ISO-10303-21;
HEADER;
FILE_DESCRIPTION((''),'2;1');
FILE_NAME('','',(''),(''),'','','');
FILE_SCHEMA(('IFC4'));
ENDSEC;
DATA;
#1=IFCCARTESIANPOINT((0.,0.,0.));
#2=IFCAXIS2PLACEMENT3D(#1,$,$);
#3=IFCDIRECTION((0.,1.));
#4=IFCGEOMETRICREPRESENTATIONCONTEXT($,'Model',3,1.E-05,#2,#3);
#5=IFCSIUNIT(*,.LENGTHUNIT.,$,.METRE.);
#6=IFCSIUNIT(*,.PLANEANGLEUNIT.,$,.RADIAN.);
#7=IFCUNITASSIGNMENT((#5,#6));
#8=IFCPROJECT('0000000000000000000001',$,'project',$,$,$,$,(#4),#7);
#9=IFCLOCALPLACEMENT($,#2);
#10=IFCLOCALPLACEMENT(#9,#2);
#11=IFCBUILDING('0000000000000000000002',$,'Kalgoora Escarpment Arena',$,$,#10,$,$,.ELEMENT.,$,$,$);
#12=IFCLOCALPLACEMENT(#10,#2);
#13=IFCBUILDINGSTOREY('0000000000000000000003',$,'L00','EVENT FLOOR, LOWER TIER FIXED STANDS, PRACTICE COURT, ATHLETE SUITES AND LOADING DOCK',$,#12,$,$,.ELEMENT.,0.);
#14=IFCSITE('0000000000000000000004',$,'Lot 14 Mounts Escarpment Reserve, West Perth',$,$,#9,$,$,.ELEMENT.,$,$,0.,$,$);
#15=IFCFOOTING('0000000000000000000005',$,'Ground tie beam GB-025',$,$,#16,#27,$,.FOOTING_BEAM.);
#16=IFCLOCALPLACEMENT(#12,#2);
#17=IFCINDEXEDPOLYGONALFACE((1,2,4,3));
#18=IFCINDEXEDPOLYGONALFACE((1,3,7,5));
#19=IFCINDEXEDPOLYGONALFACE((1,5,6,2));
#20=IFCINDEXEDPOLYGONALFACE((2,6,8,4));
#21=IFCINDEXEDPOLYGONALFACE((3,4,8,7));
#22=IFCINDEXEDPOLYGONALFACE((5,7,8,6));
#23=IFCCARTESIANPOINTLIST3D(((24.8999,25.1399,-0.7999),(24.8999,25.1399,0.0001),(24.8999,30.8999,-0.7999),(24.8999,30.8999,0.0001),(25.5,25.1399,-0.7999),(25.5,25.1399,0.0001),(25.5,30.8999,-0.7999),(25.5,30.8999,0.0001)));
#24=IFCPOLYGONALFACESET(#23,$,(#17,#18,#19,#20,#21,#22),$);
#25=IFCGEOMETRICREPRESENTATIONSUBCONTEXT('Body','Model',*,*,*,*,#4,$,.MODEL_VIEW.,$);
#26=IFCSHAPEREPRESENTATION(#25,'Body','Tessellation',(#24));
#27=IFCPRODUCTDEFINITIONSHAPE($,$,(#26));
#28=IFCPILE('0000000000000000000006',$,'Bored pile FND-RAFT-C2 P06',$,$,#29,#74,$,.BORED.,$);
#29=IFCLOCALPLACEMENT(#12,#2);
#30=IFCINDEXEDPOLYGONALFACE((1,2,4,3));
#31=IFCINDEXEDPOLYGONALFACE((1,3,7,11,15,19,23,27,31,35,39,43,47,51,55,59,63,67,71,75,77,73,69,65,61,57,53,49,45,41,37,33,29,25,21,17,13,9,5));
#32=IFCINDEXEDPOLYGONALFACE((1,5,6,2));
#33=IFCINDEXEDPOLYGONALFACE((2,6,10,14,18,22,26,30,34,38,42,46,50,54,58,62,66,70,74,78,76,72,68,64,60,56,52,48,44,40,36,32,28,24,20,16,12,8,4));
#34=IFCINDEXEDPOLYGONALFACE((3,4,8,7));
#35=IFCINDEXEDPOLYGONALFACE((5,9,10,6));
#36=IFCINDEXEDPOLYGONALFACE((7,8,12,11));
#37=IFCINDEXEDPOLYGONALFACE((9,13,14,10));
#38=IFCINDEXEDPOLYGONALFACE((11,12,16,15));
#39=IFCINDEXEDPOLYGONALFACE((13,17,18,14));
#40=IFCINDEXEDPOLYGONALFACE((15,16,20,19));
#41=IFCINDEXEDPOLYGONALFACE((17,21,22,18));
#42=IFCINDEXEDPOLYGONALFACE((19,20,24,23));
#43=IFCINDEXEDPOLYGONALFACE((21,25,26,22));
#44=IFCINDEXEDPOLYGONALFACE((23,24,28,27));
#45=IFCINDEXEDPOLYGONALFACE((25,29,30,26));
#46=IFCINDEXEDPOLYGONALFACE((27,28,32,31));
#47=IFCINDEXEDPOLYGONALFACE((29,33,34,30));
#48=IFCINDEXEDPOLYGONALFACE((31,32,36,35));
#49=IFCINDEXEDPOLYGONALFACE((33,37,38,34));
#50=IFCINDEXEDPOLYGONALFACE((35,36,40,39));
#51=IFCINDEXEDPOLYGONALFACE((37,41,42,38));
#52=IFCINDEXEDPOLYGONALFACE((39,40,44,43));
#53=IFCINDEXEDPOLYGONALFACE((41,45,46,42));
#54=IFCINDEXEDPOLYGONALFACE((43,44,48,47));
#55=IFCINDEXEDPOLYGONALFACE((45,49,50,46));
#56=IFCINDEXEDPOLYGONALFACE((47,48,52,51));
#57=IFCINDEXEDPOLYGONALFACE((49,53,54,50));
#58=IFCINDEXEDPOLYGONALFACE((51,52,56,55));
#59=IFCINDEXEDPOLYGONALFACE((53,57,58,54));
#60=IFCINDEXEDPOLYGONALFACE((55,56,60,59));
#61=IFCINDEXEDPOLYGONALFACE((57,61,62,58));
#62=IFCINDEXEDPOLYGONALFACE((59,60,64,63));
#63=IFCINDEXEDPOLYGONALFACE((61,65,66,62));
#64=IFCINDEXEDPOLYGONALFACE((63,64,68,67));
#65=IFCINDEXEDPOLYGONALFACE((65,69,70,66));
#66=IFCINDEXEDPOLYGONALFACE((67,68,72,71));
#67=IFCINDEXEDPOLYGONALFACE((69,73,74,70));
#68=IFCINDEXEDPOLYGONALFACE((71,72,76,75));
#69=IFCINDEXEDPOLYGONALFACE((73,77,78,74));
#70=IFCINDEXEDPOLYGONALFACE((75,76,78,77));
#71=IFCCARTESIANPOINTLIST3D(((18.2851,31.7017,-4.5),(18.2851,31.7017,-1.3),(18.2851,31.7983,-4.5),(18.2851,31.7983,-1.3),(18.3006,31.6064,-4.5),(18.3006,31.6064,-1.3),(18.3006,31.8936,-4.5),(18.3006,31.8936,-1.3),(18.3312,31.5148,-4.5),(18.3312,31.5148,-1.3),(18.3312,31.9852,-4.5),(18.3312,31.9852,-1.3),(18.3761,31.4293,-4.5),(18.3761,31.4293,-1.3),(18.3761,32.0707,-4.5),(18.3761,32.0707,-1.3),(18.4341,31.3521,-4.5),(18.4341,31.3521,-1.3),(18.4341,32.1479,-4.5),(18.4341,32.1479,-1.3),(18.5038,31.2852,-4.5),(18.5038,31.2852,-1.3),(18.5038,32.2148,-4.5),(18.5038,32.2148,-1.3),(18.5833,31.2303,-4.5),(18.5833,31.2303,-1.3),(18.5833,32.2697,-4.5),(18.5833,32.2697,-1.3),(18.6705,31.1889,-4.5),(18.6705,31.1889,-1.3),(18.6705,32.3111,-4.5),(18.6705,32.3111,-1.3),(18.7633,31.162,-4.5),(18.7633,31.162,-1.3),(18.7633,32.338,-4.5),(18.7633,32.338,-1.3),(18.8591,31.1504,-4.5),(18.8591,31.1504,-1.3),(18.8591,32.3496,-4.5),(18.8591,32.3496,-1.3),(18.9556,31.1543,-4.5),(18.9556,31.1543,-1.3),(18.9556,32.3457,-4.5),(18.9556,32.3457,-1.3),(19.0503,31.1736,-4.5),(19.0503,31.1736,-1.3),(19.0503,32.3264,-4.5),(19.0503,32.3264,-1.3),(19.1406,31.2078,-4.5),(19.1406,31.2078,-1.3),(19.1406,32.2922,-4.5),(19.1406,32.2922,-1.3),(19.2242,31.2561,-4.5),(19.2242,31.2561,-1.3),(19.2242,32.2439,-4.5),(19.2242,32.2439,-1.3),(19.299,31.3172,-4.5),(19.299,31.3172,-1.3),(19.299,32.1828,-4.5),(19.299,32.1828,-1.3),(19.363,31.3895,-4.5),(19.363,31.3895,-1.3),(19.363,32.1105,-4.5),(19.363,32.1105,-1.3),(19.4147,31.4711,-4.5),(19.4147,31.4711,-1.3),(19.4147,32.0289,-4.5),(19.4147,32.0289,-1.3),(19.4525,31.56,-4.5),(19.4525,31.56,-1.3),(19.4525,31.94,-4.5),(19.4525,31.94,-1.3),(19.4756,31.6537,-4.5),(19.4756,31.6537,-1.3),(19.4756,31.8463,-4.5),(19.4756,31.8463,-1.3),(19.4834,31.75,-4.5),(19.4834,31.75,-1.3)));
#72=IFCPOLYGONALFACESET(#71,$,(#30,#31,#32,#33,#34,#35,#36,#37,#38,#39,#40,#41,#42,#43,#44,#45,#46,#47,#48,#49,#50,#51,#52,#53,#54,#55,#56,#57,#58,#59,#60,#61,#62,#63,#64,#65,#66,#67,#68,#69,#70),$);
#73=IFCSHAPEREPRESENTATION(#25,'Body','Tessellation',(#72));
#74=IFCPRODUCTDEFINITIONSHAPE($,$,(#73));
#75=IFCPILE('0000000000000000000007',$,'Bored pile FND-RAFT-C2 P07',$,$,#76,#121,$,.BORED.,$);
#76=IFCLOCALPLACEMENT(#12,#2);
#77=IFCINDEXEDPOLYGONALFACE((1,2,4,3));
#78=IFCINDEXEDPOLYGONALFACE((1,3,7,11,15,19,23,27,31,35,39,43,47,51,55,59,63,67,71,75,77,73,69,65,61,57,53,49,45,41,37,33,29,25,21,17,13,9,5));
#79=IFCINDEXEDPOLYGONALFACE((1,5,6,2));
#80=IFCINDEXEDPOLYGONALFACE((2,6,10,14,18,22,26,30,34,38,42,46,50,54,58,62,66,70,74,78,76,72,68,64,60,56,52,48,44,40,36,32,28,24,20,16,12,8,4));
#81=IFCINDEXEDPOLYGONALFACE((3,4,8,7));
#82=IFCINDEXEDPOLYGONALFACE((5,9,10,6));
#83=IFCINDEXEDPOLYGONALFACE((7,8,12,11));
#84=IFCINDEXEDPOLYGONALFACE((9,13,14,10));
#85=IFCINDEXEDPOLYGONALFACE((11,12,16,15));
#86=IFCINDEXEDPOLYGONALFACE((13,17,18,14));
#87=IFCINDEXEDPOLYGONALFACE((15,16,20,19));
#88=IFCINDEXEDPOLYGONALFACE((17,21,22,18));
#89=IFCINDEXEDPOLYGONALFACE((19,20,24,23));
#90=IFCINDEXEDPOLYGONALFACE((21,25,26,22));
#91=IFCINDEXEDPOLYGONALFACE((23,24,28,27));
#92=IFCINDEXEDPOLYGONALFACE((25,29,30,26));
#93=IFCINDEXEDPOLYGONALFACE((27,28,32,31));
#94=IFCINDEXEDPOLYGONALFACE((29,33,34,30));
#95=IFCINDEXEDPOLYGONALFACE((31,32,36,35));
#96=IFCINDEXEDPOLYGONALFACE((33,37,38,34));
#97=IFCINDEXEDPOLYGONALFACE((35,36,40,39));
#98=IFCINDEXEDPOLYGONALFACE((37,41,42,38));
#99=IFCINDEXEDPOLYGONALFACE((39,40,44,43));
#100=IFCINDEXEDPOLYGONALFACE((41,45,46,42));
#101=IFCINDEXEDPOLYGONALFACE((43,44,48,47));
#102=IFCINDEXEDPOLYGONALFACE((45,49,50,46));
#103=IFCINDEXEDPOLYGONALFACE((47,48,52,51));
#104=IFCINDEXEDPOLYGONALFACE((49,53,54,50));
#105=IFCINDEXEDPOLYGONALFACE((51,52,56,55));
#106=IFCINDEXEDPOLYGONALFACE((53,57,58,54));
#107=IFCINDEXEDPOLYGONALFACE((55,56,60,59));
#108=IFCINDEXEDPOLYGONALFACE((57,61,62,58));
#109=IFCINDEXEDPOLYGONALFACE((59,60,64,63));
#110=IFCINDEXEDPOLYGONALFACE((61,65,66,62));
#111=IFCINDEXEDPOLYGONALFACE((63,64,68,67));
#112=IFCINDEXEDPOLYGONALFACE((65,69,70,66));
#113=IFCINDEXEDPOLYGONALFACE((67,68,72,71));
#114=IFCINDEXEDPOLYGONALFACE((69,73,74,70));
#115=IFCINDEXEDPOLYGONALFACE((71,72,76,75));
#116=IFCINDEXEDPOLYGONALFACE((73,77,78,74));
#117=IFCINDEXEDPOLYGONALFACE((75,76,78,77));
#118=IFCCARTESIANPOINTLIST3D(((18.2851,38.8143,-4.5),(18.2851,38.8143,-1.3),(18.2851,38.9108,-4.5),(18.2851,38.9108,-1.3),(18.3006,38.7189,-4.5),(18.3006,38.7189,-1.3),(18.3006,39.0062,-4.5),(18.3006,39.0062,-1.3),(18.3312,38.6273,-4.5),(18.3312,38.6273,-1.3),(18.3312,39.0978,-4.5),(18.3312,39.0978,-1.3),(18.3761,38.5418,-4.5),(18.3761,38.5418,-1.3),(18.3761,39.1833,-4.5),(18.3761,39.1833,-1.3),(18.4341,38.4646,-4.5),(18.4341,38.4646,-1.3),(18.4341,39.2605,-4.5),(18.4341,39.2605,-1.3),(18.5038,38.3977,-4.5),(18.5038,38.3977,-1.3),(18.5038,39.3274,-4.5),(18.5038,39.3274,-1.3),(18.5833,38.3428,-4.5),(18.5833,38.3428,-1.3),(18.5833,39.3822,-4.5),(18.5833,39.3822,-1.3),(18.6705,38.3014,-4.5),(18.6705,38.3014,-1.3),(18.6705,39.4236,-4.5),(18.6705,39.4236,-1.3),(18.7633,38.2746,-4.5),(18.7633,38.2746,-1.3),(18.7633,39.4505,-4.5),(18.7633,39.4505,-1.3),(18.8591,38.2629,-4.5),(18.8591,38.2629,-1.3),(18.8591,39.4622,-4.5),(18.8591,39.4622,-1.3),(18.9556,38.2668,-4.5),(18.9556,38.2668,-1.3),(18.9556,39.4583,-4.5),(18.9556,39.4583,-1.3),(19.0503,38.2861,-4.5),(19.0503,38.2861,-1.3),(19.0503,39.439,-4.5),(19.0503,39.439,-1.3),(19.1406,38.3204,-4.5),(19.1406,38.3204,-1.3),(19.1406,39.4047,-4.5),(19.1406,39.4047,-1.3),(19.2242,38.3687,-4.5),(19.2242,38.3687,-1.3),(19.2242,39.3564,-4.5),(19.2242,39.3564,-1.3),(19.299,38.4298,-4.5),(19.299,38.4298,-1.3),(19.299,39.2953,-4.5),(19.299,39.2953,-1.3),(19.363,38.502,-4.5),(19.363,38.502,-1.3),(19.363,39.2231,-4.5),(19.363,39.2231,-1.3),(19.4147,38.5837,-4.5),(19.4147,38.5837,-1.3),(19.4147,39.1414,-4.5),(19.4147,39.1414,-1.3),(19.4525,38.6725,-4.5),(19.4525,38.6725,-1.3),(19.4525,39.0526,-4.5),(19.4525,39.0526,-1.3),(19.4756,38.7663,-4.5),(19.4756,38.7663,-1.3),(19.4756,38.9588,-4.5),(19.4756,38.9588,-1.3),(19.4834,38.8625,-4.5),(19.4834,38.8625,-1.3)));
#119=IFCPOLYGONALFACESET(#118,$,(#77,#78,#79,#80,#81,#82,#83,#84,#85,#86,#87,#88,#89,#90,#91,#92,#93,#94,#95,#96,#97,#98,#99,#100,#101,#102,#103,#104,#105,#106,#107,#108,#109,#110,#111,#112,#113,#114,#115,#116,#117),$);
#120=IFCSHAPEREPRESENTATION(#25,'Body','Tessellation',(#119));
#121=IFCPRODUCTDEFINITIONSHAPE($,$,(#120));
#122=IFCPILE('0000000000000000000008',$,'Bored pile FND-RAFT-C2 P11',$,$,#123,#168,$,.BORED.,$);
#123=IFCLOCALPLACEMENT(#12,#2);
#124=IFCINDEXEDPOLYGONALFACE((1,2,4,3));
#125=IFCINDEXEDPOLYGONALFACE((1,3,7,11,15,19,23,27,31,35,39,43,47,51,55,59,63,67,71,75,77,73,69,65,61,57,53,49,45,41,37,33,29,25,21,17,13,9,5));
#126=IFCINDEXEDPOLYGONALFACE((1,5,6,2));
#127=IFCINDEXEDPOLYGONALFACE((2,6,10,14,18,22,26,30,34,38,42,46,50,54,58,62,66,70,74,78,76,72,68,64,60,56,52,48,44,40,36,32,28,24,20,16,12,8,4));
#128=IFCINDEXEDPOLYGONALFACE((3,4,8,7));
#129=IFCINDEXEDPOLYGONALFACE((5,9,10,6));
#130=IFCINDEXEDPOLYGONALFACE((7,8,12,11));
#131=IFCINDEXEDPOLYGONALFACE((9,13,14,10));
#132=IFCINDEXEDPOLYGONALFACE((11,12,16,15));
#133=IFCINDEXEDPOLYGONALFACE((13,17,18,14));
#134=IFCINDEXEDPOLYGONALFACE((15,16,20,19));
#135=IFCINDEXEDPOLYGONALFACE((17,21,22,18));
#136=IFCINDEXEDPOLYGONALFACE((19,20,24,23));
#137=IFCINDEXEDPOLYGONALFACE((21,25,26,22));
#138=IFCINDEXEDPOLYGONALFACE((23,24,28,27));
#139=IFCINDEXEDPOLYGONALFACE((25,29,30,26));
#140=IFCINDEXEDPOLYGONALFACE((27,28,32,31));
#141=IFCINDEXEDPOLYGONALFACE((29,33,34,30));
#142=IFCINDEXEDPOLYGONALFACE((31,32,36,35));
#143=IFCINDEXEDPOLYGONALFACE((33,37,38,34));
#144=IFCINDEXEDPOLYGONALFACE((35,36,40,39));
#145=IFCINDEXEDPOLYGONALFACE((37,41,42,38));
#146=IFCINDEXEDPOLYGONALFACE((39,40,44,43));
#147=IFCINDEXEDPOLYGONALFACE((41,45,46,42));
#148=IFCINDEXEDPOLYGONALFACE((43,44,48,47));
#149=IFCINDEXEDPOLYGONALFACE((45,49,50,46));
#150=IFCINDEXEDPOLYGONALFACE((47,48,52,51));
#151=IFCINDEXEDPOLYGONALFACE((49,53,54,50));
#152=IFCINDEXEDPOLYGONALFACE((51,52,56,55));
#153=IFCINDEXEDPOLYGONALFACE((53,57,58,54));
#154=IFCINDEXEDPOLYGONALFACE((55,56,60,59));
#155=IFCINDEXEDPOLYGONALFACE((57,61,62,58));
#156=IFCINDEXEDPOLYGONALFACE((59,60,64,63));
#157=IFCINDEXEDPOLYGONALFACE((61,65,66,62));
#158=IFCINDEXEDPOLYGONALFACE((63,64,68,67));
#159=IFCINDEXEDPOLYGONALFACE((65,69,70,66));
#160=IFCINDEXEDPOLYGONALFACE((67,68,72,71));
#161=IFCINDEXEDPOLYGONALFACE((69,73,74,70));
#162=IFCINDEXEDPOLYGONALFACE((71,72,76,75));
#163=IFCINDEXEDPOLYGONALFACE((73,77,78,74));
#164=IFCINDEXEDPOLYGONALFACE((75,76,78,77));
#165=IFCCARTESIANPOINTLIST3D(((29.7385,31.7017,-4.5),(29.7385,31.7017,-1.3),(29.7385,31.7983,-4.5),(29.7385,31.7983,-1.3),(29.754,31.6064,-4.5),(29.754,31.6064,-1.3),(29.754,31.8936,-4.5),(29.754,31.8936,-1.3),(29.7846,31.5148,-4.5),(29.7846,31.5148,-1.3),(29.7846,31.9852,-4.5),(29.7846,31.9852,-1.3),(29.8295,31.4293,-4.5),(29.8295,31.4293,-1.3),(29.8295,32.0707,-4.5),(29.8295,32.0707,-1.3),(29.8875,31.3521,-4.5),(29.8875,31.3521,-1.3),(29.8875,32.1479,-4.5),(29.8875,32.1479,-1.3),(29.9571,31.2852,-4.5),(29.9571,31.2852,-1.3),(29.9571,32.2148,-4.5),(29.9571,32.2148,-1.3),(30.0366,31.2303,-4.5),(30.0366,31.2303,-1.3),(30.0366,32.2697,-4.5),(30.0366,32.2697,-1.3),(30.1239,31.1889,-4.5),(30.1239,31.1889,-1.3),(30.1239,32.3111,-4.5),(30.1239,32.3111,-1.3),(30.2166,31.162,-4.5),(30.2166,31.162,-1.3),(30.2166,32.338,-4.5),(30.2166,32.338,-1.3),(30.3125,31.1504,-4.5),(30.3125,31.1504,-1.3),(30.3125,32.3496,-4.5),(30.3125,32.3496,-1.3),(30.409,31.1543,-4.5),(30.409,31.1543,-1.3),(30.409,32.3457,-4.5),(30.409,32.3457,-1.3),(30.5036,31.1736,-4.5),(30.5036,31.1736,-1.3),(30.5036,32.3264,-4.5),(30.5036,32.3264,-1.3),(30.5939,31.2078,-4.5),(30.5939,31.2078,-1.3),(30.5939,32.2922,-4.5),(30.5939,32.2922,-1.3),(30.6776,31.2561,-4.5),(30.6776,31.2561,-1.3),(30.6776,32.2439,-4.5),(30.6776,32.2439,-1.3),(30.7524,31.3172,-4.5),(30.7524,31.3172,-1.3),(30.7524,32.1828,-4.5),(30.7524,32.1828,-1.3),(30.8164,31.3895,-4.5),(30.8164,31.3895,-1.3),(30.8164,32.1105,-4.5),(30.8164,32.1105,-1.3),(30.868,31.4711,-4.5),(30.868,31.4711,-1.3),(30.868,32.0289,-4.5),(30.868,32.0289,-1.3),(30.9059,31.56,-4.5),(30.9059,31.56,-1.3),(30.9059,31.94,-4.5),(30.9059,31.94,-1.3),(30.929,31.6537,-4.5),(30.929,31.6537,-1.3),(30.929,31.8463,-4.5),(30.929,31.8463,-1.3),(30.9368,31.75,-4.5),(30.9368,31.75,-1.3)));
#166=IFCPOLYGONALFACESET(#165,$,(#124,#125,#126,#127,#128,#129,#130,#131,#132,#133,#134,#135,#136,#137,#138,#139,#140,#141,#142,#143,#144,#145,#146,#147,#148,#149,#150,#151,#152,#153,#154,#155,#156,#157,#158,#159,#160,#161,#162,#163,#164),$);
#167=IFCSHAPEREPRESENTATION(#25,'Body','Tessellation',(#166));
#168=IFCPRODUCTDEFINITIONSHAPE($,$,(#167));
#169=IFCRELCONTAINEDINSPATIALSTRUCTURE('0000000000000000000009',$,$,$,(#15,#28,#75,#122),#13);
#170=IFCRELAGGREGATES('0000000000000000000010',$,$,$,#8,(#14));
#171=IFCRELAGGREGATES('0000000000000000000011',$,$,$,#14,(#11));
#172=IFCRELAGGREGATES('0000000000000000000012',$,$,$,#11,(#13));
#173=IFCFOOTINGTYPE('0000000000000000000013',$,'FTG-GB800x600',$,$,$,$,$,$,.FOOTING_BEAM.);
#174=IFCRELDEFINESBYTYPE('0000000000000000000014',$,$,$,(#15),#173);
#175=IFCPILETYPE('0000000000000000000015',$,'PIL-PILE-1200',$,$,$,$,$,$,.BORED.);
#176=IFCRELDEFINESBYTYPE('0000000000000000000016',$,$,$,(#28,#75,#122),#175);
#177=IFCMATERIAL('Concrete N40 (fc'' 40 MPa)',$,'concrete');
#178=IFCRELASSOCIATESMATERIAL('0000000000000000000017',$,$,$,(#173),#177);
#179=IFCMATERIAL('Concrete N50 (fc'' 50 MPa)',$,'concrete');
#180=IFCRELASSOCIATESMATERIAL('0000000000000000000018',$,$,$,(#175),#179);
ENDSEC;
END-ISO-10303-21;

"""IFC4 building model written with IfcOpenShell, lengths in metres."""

from ifc_helpers import new_model, si_unit, direction, frame, origin, origin_2d, place, context, subcontext, project, spatial, rectangle, circle, extrude, material, material_profile, profile_set, type_object, element, save


model = new_model("IFC4")

# Units and contexts
model_context = context("Model", 3, precision=1e-05, world=origin(), true_north=direction((0.0, 1.0)))
body_context = subcontext(model_context, "Body", "Model", "MODEL_VIEW")
ifc_project = project(units=[si_unit("LENGTHUNIT", "METRE"), si_unit("PLANEANGLEUNIT", "RADIAN")], contexts=[model_context])

# Site, building, storey
site_placement = place(None, origin())
site = spatial("IfcSite", under=ifc_project, at=site_placement, Name="Lot 14 Mounts Escarpment Reserve, West Perth", CompositionType="ELEMENT", RefElevation=0.0)
building_placement = place(site_placement, origin())
building = spatial("IfcBuilding", under=site, at=building_placement, Name="Kalgoora Escarpment Arena", CompositionType="ELEMENT")
storey_placement = place(building_placement, origin())
storey = spatial("IfcBuildingStorey", under=building, at=storey_placement, Name="L00", Description="EVENT FLOOR, LOWER TIER FIXED STANDS, PRACTICE COURT, ATHLETE SUITES AND LOADING DOCK", CompositionType="ELEMENT", Elevation=0.0)

# Footing
ifc_material_1 = material(Name="Concrete N40 (fc' 40 MPa)", Category="concrete")
ifc_material_profile_1 = material_profile(ifc_material_1, rectangle(XDim=0.6001, YDim=0.8, at=origin_2d()))
ifc_profile_set_1 = profile_set([ifc_material_profile_1], Name="Concrete N40 (fc' 40 MPa)")
footing_type = type_object("IfcFootingType", Name="FTG-GB800x600", PredefinedType="FOOTING_BEAM", material=ifc_profile_set_1)
footing_placement = place(storey_placement, frame((25.2, 25.1399, -0.3999), z_axis=(0.0, 1.0, 0.0), x_axis=(-1.0, 0.0, 0.0)))
element("IfcFooting", 1, at=footing_placement, inside=storey, type_object=footing_type, Name="Ground tie beam GB-025", PredefinedType="FOOTING_BEAM", context=body_context, shape_type="SweptSolid", body=[
    extrude(rectangle(XDim=0.6001, YDim=0.8, at=origin_2d()), origin(), (0.0, 0.0, 1.0), 5.76),
])

# Piles
ifc_material_2 = material(Name="Concrete N50 (fc' 50 MPa)", Category="concrete")
ifc_material_profile_2 = material_profile(ifc_material_2, circle(Radius=0.6001, at=origin_2d()))
ifc_profile_set_2 = profile_set([ifc_material_profile_2], Name="Concrete N50 (fc' 50 MPa)")
pile_type = type_object("IfcPileType", Name="PIL-PILE-1200", PredefinedType="BORED", material=ifc_profile_set_2)
for number, where, z_axis, x_axis, name in (
    (2, (18.8833, 31.75, -1.3), (0.0, 0.0, -1.0), (1.0, 0.0, 0.0), "Bored pile FND-RAFT-C2 P06"),
    (3, (18.8833, 38.8625, -1.3), (0.0, 0.0, -1.0), (1.0, 0.0, 0.0), "Bored pile FND-RAFT-C2 P07"),
    (4, (30.3367, 31.75, -1.3), (0.0, 0.0, -1.0), (1.0, 0.0, 0.0), "Bored pile FND-RAFT-C2 P11"),
):
    element("IfcPile", number, at=place(storey_placement, frame(where, z_axis=z_axis, x_axis=x_axis)), inside=storey, type_object=pile_type, Name=name, PredefinedType="BORED", context=body_context, shape_type="SweptSolid", body=[
        extrude(circle(Radius=0.6001, at=origin_2d()), origin(), (0.0, 0.0, 1.0), 3.2),
    ])

save(model, "model.ifc")
